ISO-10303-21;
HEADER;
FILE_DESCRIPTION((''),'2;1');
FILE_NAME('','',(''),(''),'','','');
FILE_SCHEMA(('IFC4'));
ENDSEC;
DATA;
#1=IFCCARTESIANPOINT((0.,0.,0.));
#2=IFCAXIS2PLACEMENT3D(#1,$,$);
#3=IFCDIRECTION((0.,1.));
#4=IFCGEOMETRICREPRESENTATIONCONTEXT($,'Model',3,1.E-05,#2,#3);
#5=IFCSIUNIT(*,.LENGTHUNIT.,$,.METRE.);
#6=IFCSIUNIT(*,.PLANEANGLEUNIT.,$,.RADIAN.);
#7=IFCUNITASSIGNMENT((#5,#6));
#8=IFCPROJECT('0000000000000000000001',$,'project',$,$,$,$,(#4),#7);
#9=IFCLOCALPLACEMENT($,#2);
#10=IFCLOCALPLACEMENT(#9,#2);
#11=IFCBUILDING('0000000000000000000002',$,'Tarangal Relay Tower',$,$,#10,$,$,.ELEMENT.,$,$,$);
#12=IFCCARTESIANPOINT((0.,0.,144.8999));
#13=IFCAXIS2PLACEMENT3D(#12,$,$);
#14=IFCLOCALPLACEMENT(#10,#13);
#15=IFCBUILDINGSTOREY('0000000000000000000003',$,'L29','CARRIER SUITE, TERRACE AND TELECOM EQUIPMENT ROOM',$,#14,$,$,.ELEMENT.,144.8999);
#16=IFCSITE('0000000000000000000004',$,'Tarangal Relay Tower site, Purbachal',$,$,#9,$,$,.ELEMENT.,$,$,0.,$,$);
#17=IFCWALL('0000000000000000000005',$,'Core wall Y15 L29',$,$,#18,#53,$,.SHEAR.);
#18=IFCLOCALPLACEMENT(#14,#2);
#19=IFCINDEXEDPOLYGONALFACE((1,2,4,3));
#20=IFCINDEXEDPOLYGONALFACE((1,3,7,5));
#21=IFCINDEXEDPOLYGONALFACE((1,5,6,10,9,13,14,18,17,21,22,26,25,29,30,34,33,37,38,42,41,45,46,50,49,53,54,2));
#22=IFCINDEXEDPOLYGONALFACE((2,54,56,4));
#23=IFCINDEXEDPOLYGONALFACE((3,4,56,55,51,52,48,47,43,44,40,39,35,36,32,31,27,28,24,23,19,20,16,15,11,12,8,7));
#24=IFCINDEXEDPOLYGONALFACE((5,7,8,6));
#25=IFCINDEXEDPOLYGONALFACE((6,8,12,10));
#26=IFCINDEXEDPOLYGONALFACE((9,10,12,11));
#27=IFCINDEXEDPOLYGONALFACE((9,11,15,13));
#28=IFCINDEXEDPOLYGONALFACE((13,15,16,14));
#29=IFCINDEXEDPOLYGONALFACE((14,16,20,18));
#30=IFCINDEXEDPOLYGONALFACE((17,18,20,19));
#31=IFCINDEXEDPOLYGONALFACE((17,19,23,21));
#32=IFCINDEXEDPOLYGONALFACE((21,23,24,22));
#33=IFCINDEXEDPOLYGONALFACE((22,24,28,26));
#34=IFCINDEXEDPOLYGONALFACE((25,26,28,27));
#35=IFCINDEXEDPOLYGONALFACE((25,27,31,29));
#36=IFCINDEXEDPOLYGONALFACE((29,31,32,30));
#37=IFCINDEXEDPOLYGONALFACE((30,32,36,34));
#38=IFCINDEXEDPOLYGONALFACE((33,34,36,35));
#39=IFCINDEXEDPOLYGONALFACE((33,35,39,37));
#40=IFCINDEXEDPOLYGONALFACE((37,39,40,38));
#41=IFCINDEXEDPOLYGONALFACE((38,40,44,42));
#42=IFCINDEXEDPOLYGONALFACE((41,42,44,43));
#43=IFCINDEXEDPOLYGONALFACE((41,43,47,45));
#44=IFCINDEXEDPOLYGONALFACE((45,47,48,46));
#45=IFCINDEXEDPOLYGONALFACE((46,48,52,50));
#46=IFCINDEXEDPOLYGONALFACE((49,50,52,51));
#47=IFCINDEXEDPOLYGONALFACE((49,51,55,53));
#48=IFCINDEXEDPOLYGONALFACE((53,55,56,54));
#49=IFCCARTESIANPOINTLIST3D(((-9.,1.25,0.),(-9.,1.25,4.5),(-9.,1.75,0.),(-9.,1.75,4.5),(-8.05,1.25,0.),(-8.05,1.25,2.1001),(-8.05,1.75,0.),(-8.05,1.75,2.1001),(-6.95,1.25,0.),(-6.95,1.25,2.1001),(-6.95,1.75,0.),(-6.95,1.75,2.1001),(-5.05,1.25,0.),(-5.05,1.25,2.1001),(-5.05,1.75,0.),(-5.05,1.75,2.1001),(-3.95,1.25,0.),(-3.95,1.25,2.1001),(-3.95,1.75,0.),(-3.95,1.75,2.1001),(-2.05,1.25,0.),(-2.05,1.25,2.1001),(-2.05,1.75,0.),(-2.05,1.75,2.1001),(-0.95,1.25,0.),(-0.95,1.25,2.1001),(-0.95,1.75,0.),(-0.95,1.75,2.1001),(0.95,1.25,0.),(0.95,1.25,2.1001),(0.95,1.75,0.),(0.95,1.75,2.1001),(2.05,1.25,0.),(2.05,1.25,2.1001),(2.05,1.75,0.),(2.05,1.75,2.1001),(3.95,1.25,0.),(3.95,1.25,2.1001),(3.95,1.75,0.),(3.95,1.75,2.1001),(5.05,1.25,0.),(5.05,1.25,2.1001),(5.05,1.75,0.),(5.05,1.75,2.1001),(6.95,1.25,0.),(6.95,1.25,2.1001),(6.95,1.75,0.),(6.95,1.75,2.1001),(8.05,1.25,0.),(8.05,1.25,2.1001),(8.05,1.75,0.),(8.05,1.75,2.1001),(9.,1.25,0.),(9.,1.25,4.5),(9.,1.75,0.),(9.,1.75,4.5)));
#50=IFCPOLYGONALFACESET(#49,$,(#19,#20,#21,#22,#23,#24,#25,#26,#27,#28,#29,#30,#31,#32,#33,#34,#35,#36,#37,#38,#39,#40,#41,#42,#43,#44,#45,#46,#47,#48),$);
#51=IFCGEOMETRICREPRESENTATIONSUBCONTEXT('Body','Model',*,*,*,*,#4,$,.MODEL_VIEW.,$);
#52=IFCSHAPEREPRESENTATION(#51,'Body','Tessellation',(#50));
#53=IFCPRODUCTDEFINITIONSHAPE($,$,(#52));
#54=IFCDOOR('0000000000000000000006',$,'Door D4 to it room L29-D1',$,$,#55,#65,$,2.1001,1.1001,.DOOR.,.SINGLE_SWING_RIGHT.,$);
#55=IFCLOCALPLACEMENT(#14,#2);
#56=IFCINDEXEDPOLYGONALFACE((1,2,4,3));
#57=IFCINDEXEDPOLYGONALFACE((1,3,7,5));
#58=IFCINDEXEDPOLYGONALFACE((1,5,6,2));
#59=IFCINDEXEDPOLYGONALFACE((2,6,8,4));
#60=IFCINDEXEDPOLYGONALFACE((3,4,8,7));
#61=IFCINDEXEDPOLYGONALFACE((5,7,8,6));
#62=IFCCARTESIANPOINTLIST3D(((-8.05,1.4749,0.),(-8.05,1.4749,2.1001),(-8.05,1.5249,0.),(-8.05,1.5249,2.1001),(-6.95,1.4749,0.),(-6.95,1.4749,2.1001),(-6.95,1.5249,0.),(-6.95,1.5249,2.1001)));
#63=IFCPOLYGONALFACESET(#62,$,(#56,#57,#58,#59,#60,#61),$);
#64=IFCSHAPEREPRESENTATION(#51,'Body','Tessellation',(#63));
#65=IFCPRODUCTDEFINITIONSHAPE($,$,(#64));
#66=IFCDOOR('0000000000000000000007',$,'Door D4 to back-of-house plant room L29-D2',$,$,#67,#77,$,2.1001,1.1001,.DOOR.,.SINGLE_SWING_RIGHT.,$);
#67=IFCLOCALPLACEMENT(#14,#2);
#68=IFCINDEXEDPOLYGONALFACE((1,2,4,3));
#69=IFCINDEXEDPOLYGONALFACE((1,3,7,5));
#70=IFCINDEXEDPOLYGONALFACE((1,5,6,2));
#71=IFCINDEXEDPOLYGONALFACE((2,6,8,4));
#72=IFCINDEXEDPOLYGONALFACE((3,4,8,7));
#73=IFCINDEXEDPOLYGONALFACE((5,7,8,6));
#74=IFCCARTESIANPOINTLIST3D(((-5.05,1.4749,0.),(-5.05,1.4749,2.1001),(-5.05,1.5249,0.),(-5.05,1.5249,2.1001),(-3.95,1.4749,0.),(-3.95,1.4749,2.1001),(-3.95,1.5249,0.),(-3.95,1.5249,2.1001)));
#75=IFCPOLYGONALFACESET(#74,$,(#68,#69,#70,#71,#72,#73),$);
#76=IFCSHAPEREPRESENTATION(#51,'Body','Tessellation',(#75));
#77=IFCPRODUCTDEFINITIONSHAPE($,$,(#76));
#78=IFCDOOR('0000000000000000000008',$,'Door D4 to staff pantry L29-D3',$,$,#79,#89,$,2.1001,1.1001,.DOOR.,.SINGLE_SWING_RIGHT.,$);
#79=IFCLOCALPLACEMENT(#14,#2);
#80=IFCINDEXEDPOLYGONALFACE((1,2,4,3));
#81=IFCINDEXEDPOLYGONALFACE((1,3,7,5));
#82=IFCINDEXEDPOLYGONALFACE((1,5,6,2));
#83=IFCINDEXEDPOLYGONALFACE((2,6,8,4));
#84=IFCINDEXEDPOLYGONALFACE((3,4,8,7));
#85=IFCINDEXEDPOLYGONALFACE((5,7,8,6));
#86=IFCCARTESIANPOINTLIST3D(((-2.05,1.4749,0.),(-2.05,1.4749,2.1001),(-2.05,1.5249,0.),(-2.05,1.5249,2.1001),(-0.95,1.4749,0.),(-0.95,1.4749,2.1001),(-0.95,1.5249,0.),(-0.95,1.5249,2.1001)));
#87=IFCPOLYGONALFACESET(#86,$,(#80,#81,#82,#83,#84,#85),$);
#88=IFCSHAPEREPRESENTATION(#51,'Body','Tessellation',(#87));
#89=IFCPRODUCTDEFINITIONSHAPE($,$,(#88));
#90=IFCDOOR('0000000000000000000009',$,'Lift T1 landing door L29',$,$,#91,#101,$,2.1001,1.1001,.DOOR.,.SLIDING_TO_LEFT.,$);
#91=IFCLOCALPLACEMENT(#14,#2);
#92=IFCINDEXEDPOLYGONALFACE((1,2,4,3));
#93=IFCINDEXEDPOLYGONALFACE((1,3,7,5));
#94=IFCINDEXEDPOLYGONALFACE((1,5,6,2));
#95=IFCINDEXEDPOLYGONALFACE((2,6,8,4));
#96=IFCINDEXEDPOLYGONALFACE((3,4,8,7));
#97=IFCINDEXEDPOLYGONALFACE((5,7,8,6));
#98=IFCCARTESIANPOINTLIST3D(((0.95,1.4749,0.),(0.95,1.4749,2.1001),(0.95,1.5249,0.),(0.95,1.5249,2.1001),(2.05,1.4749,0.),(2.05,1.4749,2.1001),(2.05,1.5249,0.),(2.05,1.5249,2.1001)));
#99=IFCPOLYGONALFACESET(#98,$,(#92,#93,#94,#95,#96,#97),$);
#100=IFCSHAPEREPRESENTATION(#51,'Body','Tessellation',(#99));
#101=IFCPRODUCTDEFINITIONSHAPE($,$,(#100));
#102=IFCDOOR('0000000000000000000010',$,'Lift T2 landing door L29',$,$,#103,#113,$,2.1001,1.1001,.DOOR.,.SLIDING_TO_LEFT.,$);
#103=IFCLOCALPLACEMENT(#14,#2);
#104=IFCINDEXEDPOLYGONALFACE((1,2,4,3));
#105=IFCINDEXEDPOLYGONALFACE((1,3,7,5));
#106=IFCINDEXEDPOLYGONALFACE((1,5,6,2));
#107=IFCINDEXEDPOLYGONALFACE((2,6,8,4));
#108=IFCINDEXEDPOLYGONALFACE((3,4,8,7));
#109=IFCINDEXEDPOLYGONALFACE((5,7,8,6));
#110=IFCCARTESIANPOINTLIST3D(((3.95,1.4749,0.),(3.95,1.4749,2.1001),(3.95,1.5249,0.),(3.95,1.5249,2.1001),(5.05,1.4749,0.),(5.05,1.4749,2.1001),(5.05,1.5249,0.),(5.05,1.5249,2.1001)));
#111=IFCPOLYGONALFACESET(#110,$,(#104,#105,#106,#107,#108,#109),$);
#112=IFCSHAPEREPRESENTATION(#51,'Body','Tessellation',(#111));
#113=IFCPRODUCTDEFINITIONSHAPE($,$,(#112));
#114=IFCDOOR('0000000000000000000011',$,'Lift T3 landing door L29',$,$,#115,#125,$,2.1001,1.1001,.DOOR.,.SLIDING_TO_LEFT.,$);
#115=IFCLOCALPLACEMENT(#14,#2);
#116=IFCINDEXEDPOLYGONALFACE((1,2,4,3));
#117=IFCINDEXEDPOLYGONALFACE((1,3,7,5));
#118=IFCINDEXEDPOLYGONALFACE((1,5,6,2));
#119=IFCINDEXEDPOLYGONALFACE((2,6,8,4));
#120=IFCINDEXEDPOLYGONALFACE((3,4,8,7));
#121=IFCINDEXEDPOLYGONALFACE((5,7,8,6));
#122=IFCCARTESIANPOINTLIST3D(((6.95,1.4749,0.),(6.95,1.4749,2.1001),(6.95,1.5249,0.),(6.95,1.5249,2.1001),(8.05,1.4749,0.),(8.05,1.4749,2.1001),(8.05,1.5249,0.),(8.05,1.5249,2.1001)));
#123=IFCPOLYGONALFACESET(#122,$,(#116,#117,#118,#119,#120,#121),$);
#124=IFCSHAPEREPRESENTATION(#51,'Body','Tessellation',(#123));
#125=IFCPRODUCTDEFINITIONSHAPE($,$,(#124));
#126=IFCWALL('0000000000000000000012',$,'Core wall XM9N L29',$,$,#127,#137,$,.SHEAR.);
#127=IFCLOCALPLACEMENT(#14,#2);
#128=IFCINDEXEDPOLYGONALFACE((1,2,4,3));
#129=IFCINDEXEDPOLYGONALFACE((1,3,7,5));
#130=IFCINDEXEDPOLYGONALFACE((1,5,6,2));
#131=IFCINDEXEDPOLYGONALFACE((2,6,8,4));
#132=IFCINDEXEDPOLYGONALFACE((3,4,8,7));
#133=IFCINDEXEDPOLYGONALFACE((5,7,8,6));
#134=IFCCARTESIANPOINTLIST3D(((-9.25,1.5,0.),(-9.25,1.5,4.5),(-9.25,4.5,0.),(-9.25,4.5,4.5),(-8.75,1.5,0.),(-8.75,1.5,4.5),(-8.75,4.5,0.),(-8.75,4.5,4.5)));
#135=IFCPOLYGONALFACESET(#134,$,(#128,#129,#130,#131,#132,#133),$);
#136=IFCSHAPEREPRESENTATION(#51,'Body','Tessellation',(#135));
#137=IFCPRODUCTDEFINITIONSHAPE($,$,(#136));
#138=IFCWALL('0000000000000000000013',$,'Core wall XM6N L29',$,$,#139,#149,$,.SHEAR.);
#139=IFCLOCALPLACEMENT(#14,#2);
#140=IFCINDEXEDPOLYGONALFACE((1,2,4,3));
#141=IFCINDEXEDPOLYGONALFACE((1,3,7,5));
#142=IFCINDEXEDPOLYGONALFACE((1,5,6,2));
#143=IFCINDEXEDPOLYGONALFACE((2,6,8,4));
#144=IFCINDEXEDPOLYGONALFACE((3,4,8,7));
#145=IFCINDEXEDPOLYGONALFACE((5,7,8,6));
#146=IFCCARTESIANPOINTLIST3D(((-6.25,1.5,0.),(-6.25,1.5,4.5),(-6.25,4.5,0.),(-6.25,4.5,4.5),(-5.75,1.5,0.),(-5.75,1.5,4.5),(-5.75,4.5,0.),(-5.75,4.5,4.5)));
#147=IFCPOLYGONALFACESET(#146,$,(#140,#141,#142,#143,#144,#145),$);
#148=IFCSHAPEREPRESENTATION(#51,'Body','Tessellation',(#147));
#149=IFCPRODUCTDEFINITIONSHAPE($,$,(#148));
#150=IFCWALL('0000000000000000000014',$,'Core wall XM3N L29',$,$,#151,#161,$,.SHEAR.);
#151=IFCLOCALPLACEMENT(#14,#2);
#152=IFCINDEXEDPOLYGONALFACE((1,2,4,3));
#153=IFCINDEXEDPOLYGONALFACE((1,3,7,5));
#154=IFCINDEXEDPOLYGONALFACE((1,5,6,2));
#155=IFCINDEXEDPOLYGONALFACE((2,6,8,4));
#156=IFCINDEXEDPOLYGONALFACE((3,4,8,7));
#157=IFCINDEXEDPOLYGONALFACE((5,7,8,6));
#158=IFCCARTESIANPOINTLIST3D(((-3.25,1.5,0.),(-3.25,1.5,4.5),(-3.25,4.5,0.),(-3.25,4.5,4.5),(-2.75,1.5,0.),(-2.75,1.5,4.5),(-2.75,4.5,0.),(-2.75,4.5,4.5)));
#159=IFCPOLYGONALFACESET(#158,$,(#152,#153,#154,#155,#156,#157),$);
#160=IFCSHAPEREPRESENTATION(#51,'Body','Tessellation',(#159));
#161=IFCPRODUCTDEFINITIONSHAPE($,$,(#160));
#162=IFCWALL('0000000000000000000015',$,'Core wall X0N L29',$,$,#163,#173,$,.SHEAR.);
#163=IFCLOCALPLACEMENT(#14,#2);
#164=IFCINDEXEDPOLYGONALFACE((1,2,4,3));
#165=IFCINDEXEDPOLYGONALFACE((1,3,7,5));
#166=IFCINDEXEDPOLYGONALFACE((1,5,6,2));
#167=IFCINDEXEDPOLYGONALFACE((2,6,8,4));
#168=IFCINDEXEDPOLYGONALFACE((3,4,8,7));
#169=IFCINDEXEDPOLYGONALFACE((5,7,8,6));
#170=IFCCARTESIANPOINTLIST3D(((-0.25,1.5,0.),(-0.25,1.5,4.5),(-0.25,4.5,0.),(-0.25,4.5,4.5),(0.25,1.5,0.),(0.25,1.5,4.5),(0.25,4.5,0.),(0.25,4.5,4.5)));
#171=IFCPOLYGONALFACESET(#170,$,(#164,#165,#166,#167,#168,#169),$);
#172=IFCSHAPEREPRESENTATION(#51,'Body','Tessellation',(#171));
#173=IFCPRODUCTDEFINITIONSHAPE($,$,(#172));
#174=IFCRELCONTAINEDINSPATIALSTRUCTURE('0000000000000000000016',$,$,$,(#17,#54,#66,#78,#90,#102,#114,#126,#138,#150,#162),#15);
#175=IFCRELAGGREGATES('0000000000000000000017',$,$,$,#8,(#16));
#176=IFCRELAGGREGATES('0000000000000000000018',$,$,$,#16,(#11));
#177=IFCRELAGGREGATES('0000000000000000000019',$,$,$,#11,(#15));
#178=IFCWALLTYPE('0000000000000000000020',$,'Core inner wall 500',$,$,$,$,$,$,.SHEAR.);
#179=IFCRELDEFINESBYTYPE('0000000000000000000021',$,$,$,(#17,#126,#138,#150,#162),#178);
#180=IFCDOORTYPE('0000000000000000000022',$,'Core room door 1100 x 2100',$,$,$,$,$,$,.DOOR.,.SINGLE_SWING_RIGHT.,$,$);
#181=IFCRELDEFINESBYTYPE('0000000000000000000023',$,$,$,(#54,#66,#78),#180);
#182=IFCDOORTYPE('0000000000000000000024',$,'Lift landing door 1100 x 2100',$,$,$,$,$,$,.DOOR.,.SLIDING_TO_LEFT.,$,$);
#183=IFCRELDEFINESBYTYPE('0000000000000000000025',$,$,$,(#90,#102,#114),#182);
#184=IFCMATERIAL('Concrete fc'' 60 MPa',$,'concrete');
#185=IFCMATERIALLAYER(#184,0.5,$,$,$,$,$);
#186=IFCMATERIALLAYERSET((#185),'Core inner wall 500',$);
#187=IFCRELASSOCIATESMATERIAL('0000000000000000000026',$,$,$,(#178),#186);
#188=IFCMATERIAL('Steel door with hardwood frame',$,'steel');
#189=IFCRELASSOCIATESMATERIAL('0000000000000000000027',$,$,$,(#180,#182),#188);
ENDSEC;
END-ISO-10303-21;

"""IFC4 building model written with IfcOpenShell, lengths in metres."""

from ifc_helpers import new_model, si_unit, direction, frame, frame_2d, origin, place, context, subcontext, project, spatial, rectangle, extrude, material, layer, layer_set, type_object, element, fill, save


model = new_model("IFC4")

# Units and contexts
model_context = context("Model", 3, precision=1e-05, world=origin(), true_north=direction((0.0, 1.0)))
body_context = subcontext(model_context, "Body", "Model", "MODEL_VIEW")
ifc_project = project(units=[si_unit("LENGTHUNIT", "METRE"), si_unit("PLANEANGLEUNIT", "RADIAN")], contexts=[model_context])

# Site, building, storey
site_placement = place(None, origin())
site = spatial("IfcSite", under=ifc_project, at=site_placement, Name="Tarangal Relay Tower site, Purbachal", CompositionType="ELEMENT", RefElevation=0.0)
building_placement = place(site_placement, origin())
building = spatial("IfcBuilding", under=site, at=building_placement, Name="Tarangal Relay Tower", CompositionType="ELEMENT")
storey_placement = place(building_placement, frame((0.0, 0.0, 144.8999)))
storey = spatial("IfcBuildingStorey", under=building, at=storey_placement, Name="L29", Description="CARRIER SUITE, TERRACE AND TELECOM EQUIPMENT ROOM", CompositionType="ELEMENT", Elevation=144.8999)

# Wall, openings, doors
ifc_material_1 = material(Name="Concrete fc' 60 MPa", Category="concrete")
ifc_layer_1 = layer(ifc_material_1, 0.5)
ifc_layer_set_1 = layer_set([ifc_layer_1], Name="Core inner wall 500")
wall_type_1 = type_object("IfcWallType", Name="Core inner wall 500", PredefinedType="SHEAR", material=ifc_layer_set_1)
wall_1_placement = place(storey_placement, frame((-9.0, 1.5, 0.0), z_axis=(0.0, 0.0, 1.0), x_axis=(1.0, 0.0, 0.0)))
wall_1 = element("IfcWall", 1, at=wall_1_placement, inside=storey, type_object=wall_type_1, Name="Core wall Y15 L29", PredefinedType="SHEAR", context=body_context, shape_type="SweptSolid", body=[
    extrude(rectangle(XDim=18.0, YDim=0.5, at=frame_2d((9.0, 0.0))), origin(), (0.0, 0.0, 1.0), 4.5),
])
opening_1_placement = place(wall_1_placement, frame((9.95, 0.0, 0.0)))
opening_1 = element("IfcOpeningElement", 2, at=opening_1_placement, cuts=wall_1, PredefinedType="OPENING", context=body_context, shape_type="SweptSolid", body=[
    extrude(rectangle(XDim=1.1001, YDim=2.1001, at=frame_2d((0.55, 1.05))), frame((0.0, 0.26, 0.0), z_axis=(0.0, -1.0, 0.0), x_axis=(1.0, 0.0, 0.0)), (0.0, 0.0, 1.0), 0.52),
])
opening_2_placement = place(wall_1_placement, frame((12.95, 0.0, 0.0)))
opening_2 = element("IfcOpeningElement", 3, at=opening_2_placement, cuts=wall_1, PredefinedType="OPENING", context=body_context, shape_type="SweptSolid", body=[
    extrude(rectangle(XDim=1.1001, YDim=2.1001, at=frame_2d((0.55, 1.05))), frame((0.0, 0.26, 0.0), z_axis=(0.0, -1.0, 0.0), x_axis=(1.0, 0.0, 0.0)), (0.0, 0.0, 1.0), 0.52),
])
opening_3_placement = place(wall_1_placement, frame((15.95, 0.0, 0.0)))
opening_3 = element("IfcOpeningElement", 4, at=opening_3_placement, cuts=wall_1, PredefinedType="OPENING", context=body_context, shape_type="SweptSolid", body=[
    extrude(rectangle(XDim=1.1001, YDim=2.1001, at=frame_2d((0.55, 1.05))), frame((0.0, 0.26, 0.0), z_axis=(0.0, -1.0, 0.0), x_axis=(1.0, 0.0, 0.0)), (0.0, 0.0, 1.0), 0.52),
])
opening_4_placement = place(wall_1_placement, frame((0.95, 0.0, 0.0)))
opening_4 = element("IfcOpeningElement", 5, at=opening_4_placement, cuts=wall_1, PredefinedType="OPENING", context=body_context, shape_type="SweptSolid", body=[
    extrude(rectangle(XDim=1.1001, YDim=2.1001, at=frame_2d((0.55, 1.05))), frame((0.0, 0.26, 0.0), z_axis=(0.0, -1.0, 0.0), x_axis=(1.0, 0.0, 0.0)), (0.0, 0.0, 1.0), 0.52),
])
opening_5_placement = place(wall_1_placement, frame((3.95, 0.0, 0.0)))
opening_5 = element("IfcOpeningElement", 6, at=opening_5_placement, cuts=wall_1, PredefinedType="OPENING", context=body_context, shape_type="SweptSolid", body=[
    extrude(rectangle(XDim=1.1001, YDim=2.1001, at=frame_2d((0.55, 1.05))), frame((0.0, 0.26, 0.0), z_axis=(0.0, -1.0, 0.0), x_axis=(1.0, 0.0, 0.0)), (0.0, 0.0, 1.0), 0.52),
])
opening_6_placement = place(wall_1_placement, frame((6.95, 0.0, 0.0)))
opening_6 = element("IfcOpeningElement", 7, at=opening_6_placement, cuts=wall_1, PredefinedType="OPENING", context=body_context, shape_type="SweptSolid", body=[
    extrude(rectangle(XDim=1.1001, YDim=2.1001, at=frame_2d((0.55, 1.05))), frame((0.0, 0.26, 0.0), z_axis=(0.0, -1.0, 0.0), x_axis=(1.0, 0.0, 0.0)), (0.0, 0.0, 1.0), 0.52),
])
ifc_material_2 = material(Name="Steel door with hardwood frame", Category="steel")
door_type_1 = type_object("IfcDoorType", Name="Core room door 1100 x 2100", OperationType="SINGLE_SWING_RIGHT", PredefinedType="DOOR", material=ifc_material_2)
door_1_placement = place(opening_4_placement, origin())
door_1 = element("IfcDoor", 8, at=door_1_placement, inside=storey, type_object=door_type_1, Name="Door D4 to it room L29-D1", OperationType="SINGLE_SWING_RIGHT", OverallHeight=2.1001, OverallWidth=1.1001, PredefinedType="DOOR", context=body_context, shape_type="SweptSolid", body=[
    extrude(rectangle(XDim=1.1001, YDim=2.1001, at=frame_2d((0.55, 1.05))), frame((0.0, 0.0249, 0.0), z_axis=(0.0, -1.0, 0.0), x_axis=(1.0, 0.0, 0.0)), (0.0, 0.0, 1.0), 0.05),
])
fill(opening_4, door_1)
door_2_placement = place(opening_5_placement, origin())
door_2 = element("IfcDoor", 9, at=door_2_placement, inside=storey, type_object=door_type_1, Name="Door D4 to back-of-house plant room L29-D2", OperationType="SINGLE_SWING_RIGHT", OverallHeight=2.1001, OverallWidth=1.1001, PredefinedType="DOOR", context=body_context, shape_type="SweptSolid", body=[
    extrude(rectangle(XDim=1.1001, YDim=2.1001, at=frame_2d((0.55, 1.05))), frame((0.0, 0.0249, 0.0), z_axis=(0.0, -1.0, 0.0), x_axis=(1.0, 0.0, 0.0)), (0.0, 0.0, 1.0), 0.05),
])
fill(opening_5, door_2)
door_3_placement = place(opening_6_placement, origin())
door_3 = element("IfcDoor", 10, at=door_3_placement, inside=storey, type_object=door_type_1, Name="Door D4 to staff pantry L29-D3", OperationType="SINGLE_SWING_RIGHT", OverallHeight=2.1001, OverallWidth=1.1001, PredefinedType="DOOR", context=body_context, shape_type="SweptSolid", body=[
    extrude(rectangle(XDim=1.1001, YDim=2.1001, at=frame_2d((0.55, 1.05))), frame((0.0, 0.0249, 0.0), z_axis=(0.0, -1.0, 0.0), x_axis=(1.0, 0.0, 0.0)), (0.0, 0.0, 1.0), 0.05),
])
fill(opening_6, door_3)
door_type_2 = type_object("IfcDoorType", Name="Lift landing door 1100 x 2100", OperationType="SLIDING_TO_LEFT", PredefinedType="DOOR", material=ifc_material_2)
door_4_placement = place(opening_1_placement, origin())
door_4 = element("IfcDoor", 11, at=door_4_placement, inside=storey, type_object=door_type_2, Name="Lift T1 landing door L29", OperationType="SLIDING_TO_LEFT", OverallHeight=2.1001, OverallWidth=1.1001, PredefinedType="DOOR", context=body_context, shape_type="SweptSolid", body=[
    extrude(rectangle(XDim=1.1001, YDim=2.1001, at=frame_2d((0.55, 1.05))), frame((0.0, 0.0249, 0.0), z_axis=(0.0, -1.0, 0.0), x_axis=(1.0, 0.0, 0.0)), (0.0, 0.0, 1.0), 0.05),
])
fill(opening_1, door_4)
door_5_placement = place(opening_2_placement, origin())
door_5 = element("IfcDoor", 12, at=door_5_placement, inside=storey, type_object=door_type_2, Name="Lift T2 landing door L29", OperationType="SLIDING_TO_LEFT", OverallHeight=2.1001, OverallWidth=1.1001, PredefinedType="DOOR", context=body_context, shape_type="SweptSolid", body=[
    extrude(rectangle(XDim=1.1001, YDim=2.1001, at=frame_2d((0.55, 1.05))), frame((0.0, 0.0249, 0.0), z_axis=(0.0, -1.0, 0.0), x_axis=(1.0, 0.0, 0.0)), (0.0, 0.0, 1.0), 0.05),
])
fill(opening_2, door_5)
door_6_placement = place(opening_3_placement, origin())
door_6 = element("IfcDoor", 13, at=door_6_placement, inside=storey, type_object=door_type_2, Name="Lift T3 landing door L29", OperationType="SLIDING_TO_LEFT", OverallHeight=2.1001, OverallWidth=1.1001, PredefinedType="DOOR", context=body_context, shape_type="SweptSolid", body=[
    extrude(rectangle(XDim=1.1001, YDim=2.1001, at=frame_2d((0.55, 1.05))), frame((0.0, 0.0249, 0.0), z_axis=(0.0, -1.0, 0.0), x_axis=(1.0, 0.0, 0.0)), (0.0, 0.0, 1.0), 0.05),
])
fill(opening_3, door_6)

# Walls
for number, where, z_axis, x_axis, name in (
    (14, (-9.0, 1.5, 0.0), (0.0, 0.0, 1.0), (0.0, 1.0, 0.0), "Core wall XM9N L29"),
    (15, (-6.0, 1.5, 0.0), (0.0, 0.0, 1.0), (0.0, 1.0, 0.0), "Core wall XM6N L29"),
    (16, (-3.0, 1.5, 0.0), (0.0, 0.0, 1.0), (0.0, 1.0, 0.0), "Core wall XM3N L29"),
    (17, (0.0, 1.5, 0.0), (0.0, 0.0, 1.0), (0.0, 1.0, 0.0), "Core wall X0N L29"),
):
    element("IfcWall", number, at=place(storey_placement, frame(where, z_axis=z_axis, x_axis=x_axis)), inside=storey, type_object=wall_type_1, Name=name, PredefinedType="SHEAR", context=body_context, shape_type="SweptSolid", body=[
        extrude(rectangle(XDim=3.0, YDim=0.5, at=frame_2d((1.5, 0.0))), origin(), (0.0, 0.0, 1.0), 4.5),
    ])

save(model, "model.ifc")
